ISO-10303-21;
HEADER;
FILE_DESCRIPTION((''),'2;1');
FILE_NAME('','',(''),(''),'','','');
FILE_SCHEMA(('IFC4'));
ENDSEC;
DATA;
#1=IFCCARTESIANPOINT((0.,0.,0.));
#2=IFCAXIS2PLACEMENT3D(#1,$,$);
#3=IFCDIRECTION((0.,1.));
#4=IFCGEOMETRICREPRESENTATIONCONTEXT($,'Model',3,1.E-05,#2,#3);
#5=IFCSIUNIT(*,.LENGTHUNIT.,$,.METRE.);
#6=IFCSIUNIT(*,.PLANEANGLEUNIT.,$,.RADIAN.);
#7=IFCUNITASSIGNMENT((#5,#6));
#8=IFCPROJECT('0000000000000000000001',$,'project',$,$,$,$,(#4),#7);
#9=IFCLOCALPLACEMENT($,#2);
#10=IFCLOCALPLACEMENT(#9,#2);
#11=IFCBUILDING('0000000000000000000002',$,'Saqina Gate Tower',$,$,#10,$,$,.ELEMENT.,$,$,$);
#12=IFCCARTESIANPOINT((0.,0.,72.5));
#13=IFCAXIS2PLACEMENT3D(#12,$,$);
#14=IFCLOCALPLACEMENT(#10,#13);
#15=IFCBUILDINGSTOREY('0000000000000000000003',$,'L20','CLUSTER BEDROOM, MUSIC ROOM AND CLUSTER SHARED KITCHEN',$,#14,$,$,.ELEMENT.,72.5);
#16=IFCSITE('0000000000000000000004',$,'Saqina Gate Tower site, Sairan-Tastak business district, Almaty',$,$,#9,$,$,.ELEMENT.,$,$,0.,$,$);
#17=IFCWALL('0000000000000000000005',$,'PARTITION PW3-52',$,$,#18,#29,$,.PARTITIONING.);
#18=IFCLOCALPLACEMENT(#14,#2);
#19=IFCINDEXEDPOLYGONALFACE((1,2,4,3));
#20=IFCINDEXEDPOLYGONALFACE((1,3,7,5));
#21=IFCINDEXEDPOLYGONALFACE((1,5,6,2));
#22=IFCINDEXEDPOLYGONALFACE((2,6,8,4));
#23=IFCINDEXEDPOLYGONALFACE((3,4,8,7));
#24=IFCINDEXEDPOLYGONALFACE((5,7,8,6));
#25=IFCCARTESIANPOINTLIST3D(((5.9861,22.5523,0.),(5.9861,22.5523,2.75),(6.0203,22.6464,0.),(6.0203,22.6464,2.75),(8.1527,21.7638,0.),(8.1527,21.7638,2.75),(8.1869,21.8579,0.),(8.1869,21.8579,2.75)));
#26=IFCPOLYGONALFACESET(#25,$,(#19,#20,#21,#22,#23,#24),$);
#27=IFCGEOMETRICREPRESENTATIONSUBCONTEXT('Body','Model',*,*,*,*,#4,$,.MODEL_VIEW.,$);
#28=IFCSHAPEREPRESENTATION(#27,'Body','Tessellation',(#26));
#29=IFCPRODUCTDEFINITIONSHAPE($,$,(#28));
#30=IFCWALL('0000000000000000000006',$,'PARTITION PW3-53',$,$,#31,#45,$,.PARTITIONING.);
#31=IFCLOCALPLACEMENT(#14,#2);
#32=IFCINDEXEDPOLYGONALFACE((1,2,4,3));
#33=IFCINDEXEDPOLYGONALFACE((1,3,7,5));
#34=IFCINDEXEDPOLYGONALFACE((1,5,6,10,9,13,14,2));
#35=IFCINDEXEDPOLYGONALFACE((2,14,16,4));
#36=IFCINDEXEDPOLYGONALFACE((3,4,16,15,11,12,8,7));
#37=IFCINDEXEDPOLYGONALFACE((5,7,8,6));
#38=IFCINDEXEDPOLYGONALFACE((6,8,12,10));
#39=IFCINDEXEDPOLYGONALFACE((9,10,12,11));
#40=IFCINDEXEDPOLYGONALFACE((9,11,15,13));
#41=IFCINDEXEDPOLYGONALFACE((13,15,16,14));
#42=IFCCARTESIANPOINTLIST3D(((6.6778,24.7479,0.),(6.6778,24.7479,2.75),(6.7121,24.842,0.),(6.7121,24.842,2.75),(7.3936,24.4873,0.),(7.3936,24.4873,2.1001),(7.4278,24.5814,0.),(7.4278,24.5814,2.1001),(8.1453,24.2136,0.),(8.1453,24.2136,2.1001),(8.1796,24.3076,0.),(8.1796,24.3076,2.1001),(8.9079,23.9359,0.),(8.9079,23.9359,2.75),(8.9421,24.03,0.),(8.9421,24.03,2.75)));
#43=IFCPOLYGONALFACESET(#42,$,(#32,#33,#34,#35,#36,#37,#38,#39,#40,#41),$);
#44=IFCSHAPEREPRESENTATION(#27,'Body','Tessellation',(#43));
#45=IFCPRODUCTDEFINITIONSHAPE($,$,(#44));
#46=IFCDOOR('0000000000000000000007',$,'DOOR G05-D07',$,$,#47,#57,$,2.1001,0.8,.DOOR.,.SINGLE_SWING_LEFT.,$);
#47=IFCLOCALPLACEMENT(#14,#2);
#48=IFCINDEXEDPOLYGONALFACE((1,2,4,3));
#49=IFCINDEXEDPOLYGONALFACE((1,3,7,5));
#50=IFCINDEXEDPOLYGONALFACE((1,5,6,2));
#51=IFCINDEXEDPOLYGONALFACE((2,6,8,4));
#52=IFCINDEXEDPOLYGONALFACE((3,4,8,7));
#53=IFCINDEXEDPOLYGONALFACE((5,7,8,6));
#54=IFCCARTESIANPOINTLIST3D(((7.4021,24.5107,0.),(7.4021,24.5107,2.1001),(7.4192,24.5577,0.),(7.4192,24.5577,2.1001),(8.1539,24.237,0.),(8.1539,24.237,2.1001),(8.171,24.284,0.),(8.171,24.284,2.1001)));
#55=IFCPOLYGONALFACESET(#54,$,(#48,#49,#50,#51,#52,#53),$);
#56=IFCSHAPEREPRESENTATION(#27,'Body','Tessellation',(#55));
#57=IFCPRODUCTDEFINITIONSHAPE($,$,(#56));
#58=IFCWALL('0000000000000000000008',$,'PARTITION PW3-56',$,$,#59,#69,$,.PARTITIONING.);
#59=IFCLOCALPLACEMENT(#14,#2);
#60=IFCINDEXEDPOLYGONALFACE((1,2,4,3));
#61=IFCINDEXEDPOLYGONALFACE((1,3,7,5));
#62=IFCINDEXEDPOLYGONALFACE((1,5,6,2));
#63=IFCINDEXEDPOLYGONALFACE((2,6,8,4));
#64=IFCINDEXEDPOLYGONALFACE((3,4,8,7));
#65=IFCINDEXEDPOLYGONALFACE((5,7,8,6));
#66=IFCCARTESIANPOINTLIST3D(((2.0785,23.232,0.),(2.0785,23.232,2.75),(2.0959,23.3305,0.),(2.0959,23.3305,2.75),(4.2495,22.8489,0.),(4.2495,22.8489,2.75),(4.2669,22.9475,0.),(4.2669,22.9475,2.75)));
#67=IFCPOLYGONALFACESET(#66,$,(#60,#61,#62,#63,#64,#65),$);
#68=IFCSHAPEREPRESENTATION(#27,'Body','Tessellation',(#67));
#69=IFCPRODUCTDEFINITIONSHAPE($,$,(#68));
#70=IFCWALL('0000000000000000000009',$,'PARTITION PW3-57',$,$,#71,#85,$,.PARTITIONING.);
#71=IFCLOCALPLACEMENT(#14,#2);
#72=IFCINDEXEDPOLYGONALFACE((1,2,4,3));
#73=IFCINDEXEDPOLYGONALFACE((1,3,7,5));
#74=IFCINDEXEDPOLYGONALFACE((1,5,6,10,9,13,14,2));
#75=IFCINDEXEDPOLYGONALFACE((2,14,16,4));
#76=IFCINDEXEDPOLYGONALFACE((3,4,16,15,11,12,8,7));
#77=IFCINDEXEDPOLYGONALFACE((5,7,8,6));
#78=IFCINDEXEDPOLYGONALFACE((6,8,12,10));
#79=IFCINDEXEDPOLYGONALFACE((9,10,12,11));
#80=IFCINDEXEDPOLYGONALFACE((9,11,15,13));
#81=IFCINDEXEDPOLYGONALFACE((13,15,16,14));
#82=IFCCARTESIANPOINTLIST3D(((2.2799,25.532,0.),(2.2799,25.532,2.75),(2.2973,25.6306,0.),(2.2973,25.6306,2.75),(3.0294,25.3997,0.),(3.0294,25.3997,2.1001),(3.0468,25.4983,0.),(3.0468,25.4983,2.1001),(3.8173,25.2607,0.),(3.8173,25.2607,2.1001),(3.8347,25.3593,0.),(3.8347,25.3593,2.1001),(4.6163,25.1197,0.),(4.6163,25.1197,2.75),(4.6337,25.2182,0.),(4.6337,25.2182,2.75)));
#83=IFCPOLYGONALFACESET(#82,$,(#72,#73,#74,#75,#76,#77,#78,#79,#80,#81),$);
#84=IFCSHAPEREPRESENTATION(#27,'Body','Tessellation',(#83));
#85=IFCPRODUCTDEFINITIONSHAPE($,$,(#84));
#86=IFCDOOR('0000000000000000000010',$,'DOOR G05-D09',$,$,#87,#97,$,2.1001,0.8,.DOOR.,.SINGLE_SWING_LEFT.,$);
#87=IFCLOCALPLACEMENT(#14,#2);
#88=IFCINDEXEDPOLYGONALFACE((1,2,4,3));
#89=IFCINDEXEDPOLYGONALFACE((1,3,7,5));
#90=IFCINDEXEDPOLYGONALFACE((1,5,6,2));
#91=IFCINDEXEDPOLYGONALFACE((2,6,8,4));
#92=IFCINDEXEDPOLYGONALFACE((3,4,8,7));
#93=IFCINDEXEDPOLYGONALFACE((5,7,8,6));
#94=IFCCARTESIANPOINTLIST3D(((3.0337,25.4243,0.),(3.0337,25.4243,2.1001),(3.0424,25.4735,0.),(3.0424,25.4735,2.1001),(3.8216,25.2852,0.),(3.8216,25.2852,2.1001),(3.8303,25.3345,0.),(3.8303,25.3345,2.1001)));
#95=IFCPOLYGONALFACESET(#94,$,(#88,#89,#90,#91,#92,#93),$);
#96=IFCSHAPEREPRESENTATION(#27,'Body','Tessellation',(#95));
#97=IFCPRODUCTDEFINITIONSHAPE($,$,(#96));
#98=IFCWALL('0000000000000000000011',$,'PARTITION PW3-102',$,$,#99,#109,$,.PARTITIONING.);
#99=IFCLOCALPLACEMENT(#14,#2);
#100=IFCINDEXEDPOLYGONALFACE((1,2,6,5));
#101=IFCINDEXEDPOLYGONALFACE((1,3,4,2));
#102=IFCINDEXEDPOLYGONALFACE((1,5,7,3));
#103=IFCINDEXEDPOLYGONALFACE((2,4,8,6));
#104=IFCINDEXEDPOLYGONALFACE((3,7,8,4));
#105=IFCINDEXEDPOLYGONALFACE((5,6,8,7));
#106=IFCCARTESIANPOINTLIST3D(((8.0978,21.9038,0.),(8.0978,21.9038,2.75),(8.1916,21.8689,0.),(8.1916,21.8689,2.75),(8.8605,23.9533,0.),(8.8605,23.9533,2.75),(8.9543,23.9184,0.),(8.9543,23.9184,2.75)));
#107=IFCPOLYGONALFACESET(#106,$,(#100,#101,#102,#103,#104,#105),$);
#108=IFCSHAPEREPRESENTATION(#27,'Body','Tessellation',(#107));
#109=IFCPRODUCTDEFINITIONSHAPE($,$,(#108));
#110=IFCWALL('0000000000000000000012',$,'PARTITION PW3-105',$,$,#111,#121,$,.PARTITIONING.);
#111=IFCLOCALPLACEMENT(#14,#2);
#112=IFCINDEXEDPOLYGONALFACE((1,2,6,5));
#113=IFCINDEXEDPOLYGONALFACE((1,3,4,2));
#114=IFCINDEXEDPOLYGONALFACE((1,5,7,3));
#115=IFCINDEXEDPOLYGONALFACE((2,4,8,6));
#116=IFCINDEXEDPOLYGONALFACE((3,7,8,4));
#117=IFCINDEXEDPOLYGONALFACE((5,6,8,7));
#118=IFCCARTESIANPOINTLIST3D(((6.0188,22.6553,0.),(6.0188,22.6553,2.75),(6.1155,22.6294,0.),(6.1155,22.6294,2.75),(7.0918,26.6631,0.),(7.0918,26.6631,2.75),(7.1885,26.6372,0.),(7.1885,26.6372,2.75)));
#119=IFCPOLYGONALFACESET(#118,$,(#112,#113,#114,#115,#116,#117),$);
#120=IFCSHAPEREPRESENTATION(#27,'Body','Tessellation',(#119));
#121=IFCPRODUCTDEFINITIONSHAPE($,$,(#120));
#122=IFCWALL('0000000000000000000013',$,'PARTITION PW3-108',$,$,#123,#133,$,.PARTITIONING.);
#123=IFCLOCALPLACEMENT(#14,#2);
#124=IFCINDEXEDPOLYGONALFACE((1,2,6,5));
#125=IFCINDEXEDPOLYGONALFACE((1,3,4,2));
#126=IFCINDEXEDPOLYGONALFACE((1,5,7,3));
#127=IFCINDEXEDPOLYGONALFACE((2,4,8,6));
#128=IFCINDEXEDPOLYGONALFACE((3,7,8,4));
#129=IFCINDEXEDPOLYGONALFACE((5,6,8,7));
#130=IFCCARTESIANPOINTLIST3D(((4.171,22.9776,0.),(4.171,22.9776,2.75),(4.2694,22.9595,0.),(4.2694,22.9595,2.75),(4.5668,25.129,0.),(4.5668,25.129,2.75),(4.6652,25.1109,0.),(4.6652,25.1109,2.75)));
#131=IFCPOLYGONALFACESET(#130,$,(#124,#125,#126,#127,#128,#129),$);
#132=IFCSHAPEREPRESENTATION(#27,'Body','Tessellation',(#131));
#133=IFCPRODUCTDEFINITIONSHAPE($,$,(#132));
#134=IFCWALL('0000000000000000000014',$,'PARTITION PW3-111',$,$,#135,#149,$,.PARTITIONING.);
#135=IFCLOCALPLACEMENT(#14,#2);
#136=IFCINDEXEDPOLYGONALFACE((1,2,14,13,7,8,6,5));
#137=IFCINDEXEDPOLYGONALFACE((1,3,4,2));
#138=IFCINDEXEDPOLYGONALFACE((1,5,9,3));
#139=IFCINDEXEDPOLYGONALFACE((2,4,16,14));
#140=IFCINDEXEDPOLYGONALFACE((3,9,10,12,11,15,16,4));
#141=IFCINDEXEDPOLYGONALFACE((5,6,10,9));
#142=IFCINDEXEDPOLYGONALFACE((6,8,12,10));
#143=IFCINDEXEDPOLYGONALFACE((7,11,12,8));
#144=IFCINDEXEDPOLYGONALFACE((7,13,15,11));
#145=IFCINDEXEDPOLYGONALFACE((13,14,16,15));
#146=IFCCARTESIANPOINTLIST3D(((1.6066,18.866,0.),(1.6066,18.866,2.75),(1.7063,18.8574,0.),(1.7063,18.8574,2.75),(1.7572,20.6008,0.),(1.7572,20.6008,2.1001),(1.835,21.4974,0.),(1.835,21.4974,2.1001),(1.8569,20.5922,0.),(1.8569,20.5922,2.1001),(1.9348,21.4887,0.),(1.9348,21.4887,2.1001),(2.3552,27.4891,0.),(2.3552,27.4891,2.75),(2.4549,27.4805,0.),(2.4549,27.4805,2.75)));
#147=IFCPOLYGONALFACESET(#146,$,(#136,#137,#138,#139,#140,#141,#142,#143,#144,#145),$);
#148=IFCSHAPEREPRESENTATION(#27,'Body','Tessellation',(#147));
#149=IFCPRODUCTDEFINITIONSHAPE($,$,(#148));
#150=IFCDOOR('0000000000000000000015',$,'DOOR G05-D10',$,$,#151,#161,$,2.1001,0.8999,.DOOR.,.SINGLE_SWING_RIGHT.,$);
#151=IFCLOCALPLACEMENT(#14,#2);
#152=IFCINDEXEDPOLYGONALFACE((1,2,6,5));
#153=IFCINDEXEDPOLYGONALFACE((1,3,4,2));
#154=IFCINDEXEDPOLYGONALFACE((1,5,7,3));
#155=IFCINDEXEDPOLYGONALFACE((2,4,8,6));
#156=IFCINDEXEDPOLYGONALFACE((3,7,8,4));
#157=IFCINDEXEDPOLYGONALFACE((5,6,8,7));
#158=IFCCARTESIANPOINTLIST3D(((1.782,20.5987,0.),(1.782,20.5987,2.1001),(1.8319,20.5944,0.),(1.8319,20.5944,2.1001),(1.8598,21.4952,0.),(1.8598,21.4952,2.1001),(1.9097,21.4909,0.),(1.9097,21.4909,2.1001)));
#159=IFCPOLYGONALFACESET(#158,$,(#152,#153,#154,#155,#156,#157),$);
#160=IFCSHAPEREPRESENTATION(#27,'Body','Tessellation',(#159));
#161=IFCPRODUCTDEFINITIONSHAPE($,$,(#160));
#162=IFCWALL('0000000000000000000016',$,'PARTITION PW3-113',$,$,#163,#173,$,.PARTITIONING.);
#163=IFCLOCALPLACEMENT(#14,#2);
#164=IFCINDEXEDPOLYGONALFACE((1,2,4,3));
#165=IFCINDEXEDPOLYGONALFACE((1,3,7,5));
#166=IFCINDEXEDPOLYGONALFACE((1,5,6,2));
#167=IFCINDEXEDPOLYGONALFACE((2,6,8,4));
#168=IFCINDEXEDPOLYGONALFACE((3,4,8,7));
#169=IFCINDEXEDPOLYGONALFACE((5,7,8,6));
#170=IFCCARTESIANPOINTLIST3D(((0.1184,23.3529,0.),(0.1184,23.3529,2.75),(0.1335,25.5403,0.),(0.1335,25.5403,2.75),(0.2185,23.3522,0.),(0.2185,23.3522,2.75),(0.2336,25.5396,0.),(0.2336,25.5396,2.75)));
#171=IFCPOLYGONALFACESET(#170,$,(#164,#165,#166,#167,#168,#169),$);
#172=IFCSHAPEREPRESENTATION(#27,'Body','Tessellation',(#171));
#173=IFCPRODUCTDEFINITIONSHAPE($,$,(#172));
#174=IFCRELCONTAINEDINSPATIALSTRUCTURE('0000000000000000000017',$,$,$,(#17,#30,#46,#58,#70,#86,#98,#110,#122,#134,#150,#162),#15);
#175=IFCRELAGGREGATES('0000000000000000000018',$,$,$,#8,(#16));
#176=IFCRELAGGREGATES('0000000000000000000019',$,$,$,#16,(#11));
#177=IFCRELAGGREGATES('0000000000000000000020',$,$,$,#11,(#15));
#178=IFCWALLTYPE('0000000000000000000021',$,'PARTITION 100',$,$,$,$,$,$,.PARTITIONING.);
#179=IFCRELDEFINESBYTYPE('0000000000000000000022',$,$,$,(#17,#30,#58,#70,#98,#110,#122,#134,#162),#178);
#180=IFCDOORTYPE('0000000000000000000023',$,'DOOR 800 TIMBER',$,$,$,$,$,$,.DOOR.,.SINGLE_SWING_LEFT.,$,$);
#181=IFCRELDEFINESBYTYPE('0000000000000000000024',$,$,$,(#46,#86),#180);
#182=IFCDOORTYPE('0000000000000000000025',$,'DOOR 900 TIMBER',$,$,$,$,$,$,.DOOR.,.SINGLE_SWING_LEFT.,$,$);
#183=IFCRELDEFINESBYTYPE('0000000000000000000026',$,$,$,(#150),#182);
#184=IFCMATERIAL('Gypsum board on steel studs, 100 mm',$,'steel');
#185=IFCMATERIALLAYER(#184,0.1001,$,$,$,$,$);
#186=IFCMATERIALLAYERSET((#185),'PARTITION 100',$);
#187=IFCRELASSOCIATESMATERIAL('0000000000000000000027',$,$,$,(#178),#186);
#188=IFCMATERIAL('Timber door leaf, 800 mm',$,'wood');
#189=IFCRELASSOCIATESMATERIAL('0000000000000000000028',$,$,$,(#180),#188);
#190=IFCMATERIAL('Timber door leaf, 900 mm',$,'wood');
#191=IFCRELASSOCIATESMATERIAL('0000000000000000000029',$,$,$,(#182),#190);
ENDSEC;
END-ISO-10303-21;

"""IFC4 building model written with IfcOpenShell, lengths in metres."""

from ifc_helpers import new_model, si_unit, direction, frame, frame_2d, origin, place, context, subcontext, project, spatial, rectangle, extrude, material, layer, layer_set, type_object, element, fill, save


model = new_model("IFC4")

# Units and contexts
model_context = context("Model", 3, precision=1e-05, world=origin(), true_north=direction((0.0, 1.0)))
body_context = subcontext(model_context, "Body", "Model", "MODEL_VIEW")
ifc_project = project(units=[si_unit("LENGTHUNIT", "METRE"), si_unit("PLANEANGLEUNIT", "RADIAN")], contexts=[model_context])

# Site, building, storey
site_placement = place(None, origin())
site = spatial("IfcSite", under=ifc_project, at=site_placement, Name="Saqina Gate Tower site, Sairan-Tastak business district, Almaty", CompositionType="ELEMENT", RefElevation=0.0)
building_placement = place(site_placement, origin())
building = spatial("IfcBuilding", under=site, at=building_placement, Name="Saqina Gate Tower", CompositionType="ELEMENT")
storey_placement = place(building_placement, frame((0.0, 0.0, 72.5)))
storey = spatial("IfcBuildingStorey", under=building, at=storey_placement, Name="L20", Description="CLUSTER BEDROOM, MUSIC ROOM AND CLUSTER SHARED KITCHEN", CompositionType="ELEMENT", Elevation=72.5)

# Wall
ifc_material_1 = material(Name="Gypsum board on steel studs, 100 mm", Category="steel")
ifc_layer_1 = layer(ifc_material_1, 0.1001)
ifc_layer_set_1 = layer_set([ifc_layer_1], Name="PARTITION 100")
wall_type_1 = type_object("IfcWallType", Name="PARTITION 100", PredefinedType="PARTITIONING", material=ifc_layer_set_1)
wall_1_placement = place(storey_placement, frame((6.0032, 22.5994, 0.0), z_axis=(0.0, 0.0, 1.0), x_axis=(0.939701, -0.341998, 0.0)))
element("IfcWall", 1, at=wall_1_placement, inside=storey, type_object=wall_type_1, Name="PARTITION PW3-52", PredefinedType="PARTITIONING", context=body_context, shape_type="SweptSolid", body=[
    extrude(rectangle(XDim=2.3057, YDim=0.1001, at=frame_2d((1.1528, 0.0))), origin(), (0.0, 0.0, 1.0), 2.75),
])

# Wall, opening, door
wall_2_placement = place(storey_placement, frame((6.6951, 24.7949, 0.0), z_axis=(0.0, 0.0, 1.0), x_axis=(0.939643, -0.342156, 0.0)))
wall_2 = element("IfcWall", 2, at=wall_2_placement, inside=storey, type_object=wall_type_1, Name="PARTITION PW3-53", PredefinedType="PARTITIONING", context=body_context, shape_type="SweptSolid", body=[
    extrude(rectangle(XDim=2.3733, YDim=0.1001, at=frame_2d((1.1865, 0.0))), origin(), (0.0, 0.0, 1.0), 2.75),
])
opening_1_placement = place(wall_2_placement, frame((0.7617, 0.0, 0.0)))
opening_1 = element("IfcOpeningElement", 3, at=opening_1_placement, cuts=wall_2, PredefinedType="OPENING", context=body_context, shape_type="SweptSolid", body=[
    extrude(rectangle(XDim=0.8, YDim=2.1001, at=frame_2d((0.3999, 1.05))), frame((0.0, 0.062, 0.0), z_axis=(0.0, -1.0, 0.0), x_axis=(1.0, 0.0, 0.0)), (0.0, 0.0, 1.0), 0.124),
])
ifc_material_2 = material(Name="Timber door leaf, 800 mm", Category="wood")
door_type_1 = type_object("IfcDoorType", Name="DOOR 800 TIMBER", OperationType="SINGLE_SWING_LEFT", PredefinedType="DOOR", material=ifc_material_2)
door_1_placement = place(opening_1_placement, origin())
door_1 = element("IfcDoor", 4, at=door_1_placement, inside=storey, type_object=door_type_1, Name="DOOR G05-D07", OperationType="SINGLE_SWING_LEFT", OverallHeight=2.1001, OverallWidth=0.8, PredefinedType="DOOR", context=body_context, shape_type="SweptSolid", body=[
    extrude(rectangle(XDim=0.8, YDim=2.1001, at=frame_2d((0.3999, 1.05))), frame((0.0, 0.0249, 0.0), z_axis=(0.0, -1.0, 0.0), x_axis=(1.0, 0.0, 0.0)), (0.0, 0.0, 1.0), 0.05),
])
fill(opening_1, door_1)

# Wall
wall_3_placement = place(storey_placement, frame((2.0872, 23.2812, 0.0), z_axis=(0.0, 0.0, 1.0), x_axis=(0.98479, -0.173747, 0.0)))
element("IfcWall", 5, at=wall_3_placement, inside=storey, type_object=wall_type_1, Name="PARTITION PW3-56", PredefinedType="PARTITIONING", context=body_context, shape_type="SweptSolid", body=[
    extrude(rectangle(XDim=2.2046, YDim=0.1001, at=frame_2d((1.1023, 0.0))), origin(), (0.0, 0.0, 1.0), 2.75),
])

# Wall, opening, door
wall_4_placement = place(storey_placement, frame((2.2886, 25.5813, 0.0), z_axis=(0.0, 0.0, 1.0), x_axis=(0.98478, -0.173803, 0.0)))
wall_4 = element("IfcWall", 6, at=wall_4_placement, inside=storey, type_object=wall_type_1, Name="PARTITION PW3-57", PredefinedType="PARTITIONING", context=body_context, shape_type="SweptSolid", body=[
    extrude(rectangle(XDim=2.3726, YDim=0.1001, at=frame_2d((1.1863, 0.0))), origin(), (0.0, 0.0, 1.0), 2.75),
])
opening_2_placement = place(wall_4_placement, frame((0.7612, 0.0, 0.0)))
opening_2 = element("IfcOpeningElement", 7, at=opening_2_placement, cuts=wall_4, PredefinedType="OPENING", context=body_context, shape_type="SweptSolid", body=[
    extrude(rectangle(XDim=0.8, YDim=2.1001, at=frame_2d((0.3999, 1.05))), frame((0.0, 0.062, 0.0), z_axis=(0.0, -1.0, 0.0), x_axis=(1.0, 0.0, 0.0)), (0.0, 0.0, 1.0), 0.124),
])
door_2_placement = place(opening_2_placement, origin())
door_2 = element("IfcDoor", 8, at=door_2_placement, inside=storey, type_object=door_type_1, Name="DOOR G05-D09", OperationType="SINGLE_SWING_LEFT", OverallHeight=2.1001, OverallWidth=0.8, PredefinedType="DOOR", context=body_context, shape_type="SweptSolid", body=[
    extrude(rectangle(XDim=0.8, YDim=2.1001, at=frame_2d((0.3999, 1.05))), frame((0.0, 0.0249, 0.0), z_axis=(0.0, -1.0, 0.0), x_axis=(1.0, 0.0, 0.0)), (0.0, 0.0, 1.0), 0.05),
])
fill(opening_2, door_2)

# Walls
wall_5_placement = place(storey_placement, frame((8.1448, 21.8865, 0.0), z_axis=(0.0, 0.0, 1.0), x_axis=(0.348761, 0.937212, 0.0)))
element("IfcWall", 9, at=wall_5_placement, inside=storey, type_object=wall_type_1, Name="PARTITION PW3-102", PredefinedType="PARTITIONING", context=body_context, shape_type="SweptSolid", body=[
    extrude(rectangle(XDim=2.1868, YDim=0.1001, at=frame_2d((1.0933, 0.0))), origin(), (0.0, 0.0, 1.0), 2.75),
])
wall_6_placement = place(storey_placement, frame((6.0671, 22.6423, 0.0), z_axis=(0.0, 0.0, 1.0), x_axis=(0.258618, 0.96598, 0.0)))
element("IfcWall", 10, at=wall_6_placement, inside=storey, type_object=wall_type_1, Name="PARTITION PW3-105", PredefinedType="PARTITIONING", context=body_context, shape_type="SweptSolid", body=[
    extrude(rectangle(XDim=4.1489, YDim=0.1001, at=frame_2d((2.0745, 0.0))), origin(), (0.0, 0.0, 1.0), 2.75),
])
wall_7_placement = place(storey_placement, frame((4.2202, 22.9685, 0.0), z_axis=(0.0, 0.0, 1.0), x_axis=(0.180918, 0.983498, 0.0)))
element("IfcWall", 11, at=wall_7_placement, inside=storey, type_object=wall_type_1, Name="PARTITION PW3-108", PredefinedType="PARTITIONING", context=body_context, shape_type="SweptSolid", body=[
    extrude(rectangle(XDim=2.1875, YDim=0.1001, at=frame_2d((1.0938, 0.0))), origin(), (0.0, 0.0, 1.0), 2.75),
])

# Wall, opening, door
wall_8_placement = place(storey_placement, frame((1.6565, 18.8618, 0.0), z_axis=(0.0, 0.0, 1.0), x_axis=(0.086481, 0.996253, 0.0)))
wall_8 = element("IfcWall", 12, at=wall_8_placement, inside=storey, type_object=wall_type_1, Name="PARTITION PW3-111", PredefinedType="PARTITIONING", context=body_context, shape_type="SweptSolid", body=[
    extrude(rectangle(XDim=8.6555, YDim=0.1001, at=frame_2d((4.3276, 0.0))), origin(), (0.0, 0.0, 1.0), 2.75),
])
opening_3_placement = place(wall_8_placement, frame((1.7412, 0.0, 0.0)))
opening_3 = element("IfcOpeningElement", 13, at=opening_3_placement, cuts=wall_8, PredefinedType="OPENING", context=body_context, shape_type="SweptSolid", body=[
    extrude(rectangle(XDim=0.8999, YDim=2.1001, at=frame_2d((0.45, 1.05))), frame((0.0, 0.062, 0.0), z_axis=(0.0, -1.0, 0.0), x_axis=(1.0, 0.0, 0.0)), (0.0, 0.0, 1.0), 0.124),
])
ifc_material_3 = material(Name="Timber door leaf, 900 mm", Category="wood")
door_type_2 = type_object("IfcDoorType", Name="DOOR 900 TIMBER", OperationType="SINGLE_SWING_LEFT", PredefinedType="DOOR", material=ifc_material_3)
door_3_placement = place(opening_3_placement, frame((0.8999, 0.0, 0.0), z_axis=(0.0, 0.0, 1.0), x_axis=(-1.0, 0.0, 0.0)))
door_3 = element("IfcDoor", 14, at=door_3_placement, inside=storey, type_object=door_type_2, Name="DOOR G05-D10", OperationType="SINGLE_SWING_RIGHT", OverallHeight=2.1001, OverallWidth=0.8999, PredefinedType="DOOR", context=body_context, shape_type="SweptSolid", body=[
    extrude(rectangle(XDim=0.8999, YDim=2.1001, at=frame_2d((0.45, 1.05))), frame((0.0, 0.0249, 0.0), z_axis=(0.0, -1.0, 0.0), x_axis=(1.0, 0.0, 0.0)), (0.0, 0.0, 1.0), 0.05),
])
fill(opening_3, door_3)

# Wall
wall_9_placement = place(storey_placement, frame((0.1685, 23.3525, 0.0), z_axis=(0.0, 0.0, 1.0), x_axis=(0.006919, 0.999976, 0.0)))
element("IfcWall", 15, at=wall_9_placement, inside=storey, type_object=wall_type_1, Name="PARTITION PW3-113", PredefinedType="PARTITIONING", context=body_context, shape_type="SweptSolid", body=[
    extrude(rectangle(XDim=2.1875, YDim=0.1001, at=frame_2d((1.0938, 0.0))), origin(), (0.0, 0.0, 1.0), 2.75),
])

save(model, "model.ifc")
